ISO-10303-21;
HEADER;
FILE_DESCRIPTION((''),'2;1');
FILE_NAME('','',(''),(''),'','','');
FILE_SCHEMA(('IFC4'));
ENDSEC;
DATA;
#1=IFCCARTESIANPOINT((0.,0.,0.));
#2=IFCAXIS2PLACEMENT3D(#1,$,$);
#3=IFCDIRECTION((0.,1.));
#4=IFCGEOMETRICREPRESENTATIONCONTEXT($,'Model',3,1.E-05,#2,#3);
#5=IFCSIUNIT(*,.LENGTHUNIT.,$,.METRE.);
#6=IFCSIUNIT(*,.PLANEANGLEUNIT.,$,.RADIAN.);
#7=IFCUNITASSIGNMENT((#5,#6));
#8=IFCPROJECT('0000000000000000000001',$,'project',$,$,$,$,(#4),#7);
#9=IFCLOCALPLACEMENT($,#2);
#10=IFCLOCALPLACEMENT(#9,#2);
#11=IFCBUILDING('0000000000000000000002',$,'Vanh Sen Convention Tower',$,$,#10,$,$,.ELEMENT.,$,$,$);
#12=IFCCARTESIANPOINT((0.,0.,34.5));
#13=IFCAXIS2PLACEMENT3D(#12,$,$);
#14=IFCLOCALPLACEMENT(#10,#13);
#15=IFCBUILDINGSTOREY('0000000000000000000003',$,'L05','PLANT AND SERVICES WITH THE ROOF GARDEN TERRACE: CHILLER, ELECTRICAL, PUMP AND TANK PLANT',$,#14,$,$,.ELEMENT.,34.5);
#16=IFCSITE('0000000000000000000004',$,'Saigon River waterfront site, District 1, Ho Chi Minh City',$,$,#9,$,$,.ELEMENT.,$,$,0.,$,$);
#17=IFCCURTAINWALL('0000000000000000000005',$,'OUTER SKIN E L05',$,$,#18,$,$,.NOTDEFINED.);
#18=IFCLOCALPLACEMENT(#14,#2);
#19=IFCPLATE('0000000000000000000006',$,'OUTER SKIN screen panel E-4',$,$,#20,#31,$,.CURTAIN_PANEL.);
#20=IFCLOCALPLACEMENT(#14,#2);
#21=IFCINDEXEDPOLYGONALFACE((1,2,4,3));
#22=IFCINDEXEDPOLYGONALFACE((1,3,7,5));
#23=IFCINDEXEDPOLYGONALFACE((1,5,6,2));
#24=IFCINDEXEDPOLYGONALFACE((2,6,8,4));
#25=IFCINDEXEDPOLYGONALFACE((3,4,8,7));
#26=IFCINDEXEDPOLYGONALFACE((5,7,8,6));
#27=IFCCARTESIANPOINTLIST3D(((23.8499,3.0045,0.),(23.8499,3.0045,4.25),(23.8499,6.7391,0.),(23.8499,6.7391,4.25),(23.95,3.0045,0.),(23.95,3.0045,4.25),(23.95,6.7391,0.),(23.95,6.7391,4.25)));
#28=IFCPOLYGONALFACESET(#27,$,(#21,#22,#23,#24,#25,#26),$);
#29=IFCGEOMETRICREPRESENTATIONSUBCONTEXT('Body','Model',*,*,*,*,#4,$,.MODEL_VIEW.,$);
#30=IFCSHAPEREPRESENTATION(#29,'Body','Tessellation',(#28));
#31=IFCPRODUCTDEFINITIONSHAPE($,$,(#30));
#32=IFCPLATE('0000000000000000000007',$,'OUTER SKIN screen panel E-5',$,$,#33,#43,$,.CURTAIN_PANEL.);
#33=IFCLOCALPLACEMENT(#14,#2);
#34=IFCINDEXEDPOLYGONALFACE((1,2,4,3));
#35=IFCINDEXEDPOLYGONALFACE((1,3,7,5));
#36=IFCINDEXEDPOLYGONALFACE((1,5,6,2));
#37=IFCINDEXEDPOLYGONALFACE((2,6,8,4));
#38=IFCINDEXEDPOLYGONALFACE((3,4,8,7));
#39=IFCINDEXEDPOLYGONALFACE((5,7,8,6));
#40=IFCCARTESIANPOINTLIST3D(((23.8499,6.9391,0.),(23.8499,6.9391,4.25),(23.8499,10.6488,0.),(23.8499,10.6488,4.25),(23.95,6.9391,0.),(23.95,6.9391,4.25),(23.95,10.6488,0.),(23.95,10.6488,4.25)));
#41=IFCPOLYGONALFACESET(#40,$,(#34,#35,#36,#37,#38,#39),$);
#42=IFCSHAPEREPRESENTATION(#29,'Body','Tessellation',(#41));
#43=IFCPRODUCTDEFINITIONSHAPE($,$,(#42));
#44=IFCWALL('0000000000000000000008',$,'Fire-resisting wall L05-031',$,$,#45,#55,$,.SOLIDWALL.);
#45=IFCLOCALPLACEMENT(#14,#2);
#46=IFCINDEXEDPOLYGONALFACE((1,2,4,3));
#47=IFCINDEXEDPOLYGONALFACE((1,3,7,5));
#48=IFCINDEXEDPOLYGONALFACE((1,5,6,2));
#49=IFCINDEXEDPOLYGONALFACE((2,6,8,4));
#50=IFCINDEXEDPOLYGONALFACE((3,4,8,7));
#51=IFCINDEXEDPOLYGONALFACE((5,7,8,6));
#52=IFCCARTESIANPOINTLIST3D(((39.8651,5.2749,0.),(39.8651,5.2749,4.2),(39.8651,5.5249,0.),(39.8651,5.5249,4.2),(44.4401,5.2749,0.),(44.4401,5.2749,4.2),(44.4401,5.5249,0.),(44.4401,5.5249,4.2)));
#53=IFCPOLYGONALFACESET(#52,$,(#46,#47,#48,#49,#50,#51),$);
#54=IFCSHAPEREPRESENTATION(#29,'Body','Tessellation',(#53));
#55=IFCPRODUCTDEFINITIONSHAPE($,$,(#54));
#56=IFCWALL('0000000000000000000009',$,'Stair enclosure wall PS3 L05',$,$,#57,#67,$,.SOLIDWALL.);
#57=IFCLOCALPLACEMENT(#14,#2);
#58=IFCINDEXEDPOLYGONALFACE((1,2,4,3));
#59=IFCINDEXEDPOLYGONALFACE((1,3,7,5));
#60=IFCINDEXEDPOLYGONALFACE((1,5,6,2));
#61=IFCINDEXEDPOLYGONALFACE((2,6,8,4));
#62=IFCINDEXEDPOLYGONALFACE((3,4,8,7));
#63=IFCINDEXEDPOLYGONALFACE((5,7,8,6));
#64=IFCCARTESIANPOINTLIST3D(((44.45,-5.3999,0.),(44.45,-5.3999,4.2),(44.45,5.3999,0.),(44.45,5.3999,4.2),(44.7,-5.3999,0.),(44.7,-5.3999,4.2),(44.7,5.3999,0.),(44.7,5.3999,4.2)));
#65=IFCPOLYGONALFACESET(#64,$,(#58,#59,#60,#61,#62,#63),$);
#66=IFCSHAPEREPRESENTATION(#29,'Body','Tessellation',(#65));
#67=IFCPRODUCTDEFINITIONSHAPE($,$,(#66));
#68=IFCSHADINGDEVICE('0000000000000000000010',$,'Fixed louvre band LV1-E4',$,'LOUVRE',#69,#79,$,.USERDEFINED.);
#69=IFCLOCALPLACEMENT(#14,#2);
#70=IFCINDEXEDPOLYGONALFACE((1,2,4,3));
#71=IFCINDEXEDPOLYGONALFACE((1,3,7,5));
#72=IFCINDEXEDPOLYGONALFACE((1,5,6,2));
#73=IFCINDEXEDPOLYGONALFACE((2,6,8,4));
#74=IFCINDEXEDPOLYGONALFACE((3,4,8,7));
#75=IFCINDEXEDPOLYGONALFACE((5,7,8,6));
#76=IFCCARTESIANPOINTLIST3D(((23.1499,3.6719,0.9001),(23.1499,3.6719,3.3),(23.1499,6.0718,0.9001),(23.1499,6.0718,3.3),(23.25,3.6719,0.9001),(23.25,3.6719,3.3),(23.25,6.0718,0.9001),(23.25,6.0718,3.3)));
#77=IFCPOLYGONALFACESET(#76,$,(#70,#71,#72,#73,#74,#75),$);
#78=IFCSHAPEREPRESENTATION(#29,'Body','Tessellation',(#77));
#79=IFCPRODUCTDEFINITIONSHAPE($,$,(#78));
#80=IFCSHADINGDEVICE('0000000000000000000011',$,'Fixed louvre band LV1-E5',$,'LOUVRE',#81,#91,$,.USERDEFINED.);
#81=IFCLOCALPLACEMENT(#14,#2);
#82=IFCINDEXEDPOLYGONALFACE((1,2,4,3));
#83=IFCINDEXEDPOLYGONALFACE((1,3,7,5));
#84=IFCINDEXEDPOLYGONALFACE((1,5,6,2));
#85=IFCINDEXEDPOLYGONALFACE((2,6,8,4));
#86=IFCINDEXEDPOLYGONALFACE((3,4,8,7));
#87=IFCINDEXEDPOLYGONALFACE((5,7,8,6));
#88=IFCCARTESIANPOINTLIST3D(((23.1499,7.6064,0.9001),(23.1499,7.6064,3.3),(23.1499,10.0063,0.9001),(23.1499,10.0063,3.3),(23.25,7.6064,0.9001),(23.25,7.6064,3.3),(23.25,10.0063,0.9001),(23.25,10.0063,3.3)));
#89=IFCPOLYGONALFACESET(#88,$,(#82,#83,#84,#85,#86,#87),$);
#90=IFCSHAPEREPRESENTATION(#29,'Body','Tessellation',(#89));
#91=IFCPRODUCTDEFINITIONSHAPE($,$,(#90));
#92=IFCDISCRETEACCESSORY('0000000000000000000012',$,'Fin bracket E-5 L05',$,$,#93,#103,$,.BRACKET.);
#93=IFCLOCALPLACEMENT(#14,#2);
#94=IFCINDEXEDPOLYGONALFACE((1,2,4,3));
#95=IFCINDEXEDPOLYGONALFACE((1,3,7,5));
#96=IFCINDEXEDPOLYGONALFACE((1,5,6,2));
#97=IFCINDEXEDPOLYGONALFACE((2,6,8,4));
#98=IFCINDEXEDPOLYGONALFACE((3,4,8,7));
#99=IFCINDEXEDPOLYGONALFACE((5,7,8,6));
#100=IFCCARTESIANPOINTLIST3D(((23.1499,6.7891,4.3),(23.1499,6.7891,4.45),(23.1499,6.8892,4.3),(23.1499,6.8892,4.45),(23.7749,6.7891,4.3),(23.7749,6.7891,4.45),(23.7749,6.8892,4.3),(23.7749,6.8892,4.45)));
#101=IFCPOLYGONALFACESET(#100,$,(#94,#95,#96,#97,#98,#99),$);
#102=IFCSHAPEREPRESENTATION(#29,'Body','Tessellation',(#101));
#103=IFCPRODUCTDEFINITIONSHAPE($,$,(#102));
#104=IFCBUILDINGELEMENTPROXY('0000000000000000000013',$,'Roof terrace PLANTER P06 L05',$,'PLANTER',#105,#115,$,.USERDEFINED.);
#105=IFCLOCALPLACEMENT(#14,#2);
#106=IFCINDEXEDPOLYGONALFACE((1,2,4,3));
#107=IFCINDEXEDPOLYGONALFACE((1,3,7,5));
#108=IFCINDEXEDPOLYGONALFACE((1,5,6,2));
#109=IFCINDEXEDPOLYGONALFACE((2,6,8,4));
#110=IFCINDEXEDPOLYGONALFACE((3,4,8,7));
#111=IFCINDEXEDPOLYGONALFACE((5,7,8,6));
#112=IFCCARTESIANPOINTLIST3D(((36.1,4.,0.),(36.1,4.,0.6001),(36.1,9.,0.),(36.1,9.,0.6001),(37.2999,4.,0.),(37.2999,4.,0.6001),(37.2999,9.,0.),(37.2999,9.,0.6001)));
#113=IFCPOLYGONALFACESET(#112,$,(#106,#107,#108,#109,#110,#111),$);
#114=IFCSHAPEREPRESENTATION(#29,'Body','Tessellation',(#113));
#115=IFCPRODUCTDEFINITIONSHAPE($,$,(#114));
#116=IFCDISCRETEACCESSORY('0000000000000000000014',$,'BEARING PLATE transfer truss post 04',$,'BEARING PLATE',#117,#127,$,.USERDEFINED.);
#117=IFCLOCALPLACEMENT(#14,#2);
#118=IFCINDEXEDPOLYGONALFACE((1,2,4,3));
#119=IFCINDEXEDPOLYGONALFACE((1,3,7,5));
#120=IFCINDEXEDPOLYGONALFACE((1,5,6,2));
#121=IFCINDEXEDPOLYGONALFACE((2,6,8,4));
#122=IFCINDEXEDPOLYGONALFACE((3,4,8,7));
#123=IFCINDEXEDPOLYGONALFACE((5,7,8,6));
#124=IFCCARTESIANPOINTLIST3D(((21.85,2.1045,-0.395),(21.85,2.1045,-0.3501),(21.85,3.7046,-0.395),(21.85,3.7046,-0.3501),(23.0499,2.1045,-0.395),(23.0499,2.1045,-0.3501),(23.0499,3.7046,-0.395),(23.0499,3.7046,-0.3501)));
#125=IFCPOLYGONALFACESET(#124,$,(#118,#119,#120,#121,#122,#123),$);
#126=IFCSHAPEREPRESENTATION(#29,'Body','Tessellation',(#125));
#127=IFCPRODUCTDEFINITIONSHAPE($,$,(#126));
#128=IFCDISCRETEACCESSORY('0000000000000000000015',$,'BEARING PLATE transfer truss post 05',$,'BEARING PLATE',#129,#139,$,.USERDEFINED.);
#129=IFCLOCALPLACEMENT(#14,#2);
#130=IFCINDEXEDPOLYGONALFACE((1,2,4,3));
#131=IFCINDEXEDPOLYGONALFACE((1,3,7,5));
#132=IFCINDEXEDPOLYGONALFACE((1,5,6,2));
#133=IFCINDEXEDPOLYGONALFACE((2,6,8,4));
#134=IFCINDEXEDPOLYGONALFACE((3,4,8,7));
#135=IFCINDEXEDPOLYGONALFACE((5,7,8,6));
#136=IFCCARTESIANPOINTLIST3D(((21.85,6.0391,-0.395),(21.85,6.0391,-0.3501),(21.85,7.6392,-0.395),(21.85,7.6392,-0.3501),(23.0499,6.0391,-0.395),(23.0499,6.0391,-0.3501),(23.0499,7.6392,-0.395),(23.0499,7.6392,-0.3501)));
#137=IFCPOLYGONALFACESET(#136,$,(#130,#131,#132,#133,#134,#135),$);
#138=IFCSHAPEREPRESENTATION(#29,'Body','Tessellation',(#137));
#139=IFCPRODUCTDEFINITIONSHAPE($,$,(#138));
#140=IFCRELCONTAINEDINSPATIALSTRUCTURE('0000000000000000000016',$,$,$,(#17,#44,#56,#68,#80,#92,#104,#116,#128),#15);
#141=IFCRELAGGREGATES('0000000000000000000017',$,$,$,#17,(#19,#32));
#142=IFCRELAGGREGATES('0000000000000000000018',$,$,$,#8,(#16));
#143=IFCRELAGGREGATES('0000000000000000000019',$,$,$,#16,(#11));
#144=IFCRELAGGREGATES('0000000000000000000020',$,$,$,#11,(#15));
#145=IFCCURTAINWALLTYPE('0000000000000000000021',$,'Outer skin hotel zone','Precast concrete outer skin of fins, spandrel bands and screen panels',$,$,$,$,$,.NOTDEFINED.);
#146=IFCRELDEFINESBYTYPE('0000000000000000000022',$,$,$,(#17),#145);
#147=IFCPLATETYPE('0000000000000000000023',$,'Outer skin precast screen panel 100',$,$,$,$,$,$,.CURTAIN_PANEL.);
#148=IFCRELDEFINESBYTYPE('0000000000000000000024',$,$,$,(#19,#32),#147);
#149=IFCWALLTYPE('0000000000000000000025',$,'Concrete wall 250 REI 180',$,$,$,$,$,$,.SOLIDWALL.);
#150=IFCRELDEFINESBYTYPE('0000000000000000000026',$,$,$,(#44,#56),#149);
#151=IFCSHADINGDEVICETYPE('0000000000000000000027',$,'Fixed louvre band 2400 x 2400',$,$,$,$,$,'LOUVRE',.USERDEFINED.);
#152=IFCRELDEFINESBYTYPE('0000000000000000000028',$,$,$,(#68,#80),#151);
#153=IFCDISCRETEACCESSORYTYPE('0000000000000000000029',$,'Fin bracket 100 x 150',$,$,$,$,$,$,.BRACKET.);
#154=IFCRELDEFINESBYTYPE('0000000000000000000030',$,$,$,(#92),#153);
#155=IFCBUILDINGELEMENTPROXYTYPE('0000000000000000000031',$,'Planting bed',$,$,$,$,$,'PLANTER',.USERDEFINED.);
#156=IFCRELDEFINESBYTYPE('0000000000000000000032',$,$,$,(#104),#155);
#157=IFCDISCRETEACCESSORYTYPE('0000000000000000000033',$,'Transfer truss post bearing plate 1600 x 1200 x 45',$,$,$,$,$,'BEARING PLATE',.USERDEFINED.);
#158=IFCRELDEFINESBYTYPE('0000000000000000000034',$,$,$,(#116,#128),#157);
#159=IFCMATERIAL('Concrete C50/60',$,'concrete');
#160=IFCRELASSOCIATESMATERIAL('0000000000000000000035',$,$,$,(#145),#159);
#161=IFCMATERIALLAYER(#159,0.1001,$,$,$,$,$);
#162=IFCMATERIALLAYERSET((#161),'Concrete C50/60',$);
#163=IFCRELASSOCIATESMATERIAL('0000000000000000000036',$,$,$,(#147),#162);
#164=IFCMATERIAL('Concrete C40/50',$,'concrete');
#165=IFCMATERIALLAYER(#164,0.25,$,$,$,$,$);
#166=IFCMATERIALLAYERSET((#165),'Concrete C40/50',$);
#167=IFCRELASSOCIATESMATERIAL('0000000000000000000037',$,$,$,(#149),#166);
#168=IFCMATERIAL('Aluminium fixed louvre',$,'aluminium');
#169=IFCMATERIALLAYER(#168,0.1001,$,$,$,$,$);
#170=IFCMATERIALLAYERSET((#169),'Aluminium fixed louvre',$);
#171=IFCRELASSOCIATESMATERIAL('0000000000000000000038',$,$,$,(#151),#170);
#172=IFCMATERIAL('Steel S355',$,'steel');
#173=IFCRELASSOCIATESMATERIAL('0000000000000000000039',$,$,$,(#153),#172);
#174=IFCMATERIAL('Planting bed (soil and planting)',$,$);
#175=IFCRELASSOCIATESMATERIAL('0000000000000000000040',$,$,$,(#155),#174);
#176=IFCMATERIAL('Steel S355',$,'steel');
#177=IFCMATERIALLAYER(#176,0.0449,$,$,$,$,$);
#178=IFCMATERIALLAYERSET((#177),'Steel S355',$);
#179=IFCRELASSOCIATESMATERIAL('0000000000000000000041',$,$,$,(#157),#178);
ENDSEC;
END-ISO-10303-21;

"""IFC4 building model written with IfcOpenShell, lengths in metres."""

from ifc_helpers import new_model, si_unit, direction, frame, frame_2d, origin, origin_2d, place, context, subcontext, project, spatial, rectangle, extrude, material, layer, layer_set, type_object, element, aggregate, save


model = new_model("IFC4")

# Units and contexts
model_context = context("Model", 3, precision=1e-05, world=origin(), true_north=direction((0.0, 1.0)))
body_context = subcontext(model_context, "Body", "Model", "MODEL_VIEW")
ifc_project = project(units=[si_unit("LENGTHUNIT", "METRE"), si_unit("PLANEANGLEUNIT", "RADIAN")], contexts=[model_context])

# Site, building, storey
site_placement = place(None, origin())
site = spatial("IfcSite", under=ifc_project, at=site_placement, Name="Saigon River waterfront site, District 1, Ho Chi Minh City", CompositionType="ELEMENT", RefElevation=0.0)
building_placement = place(site_placement, origin())
building = spatial("IfcBuilding", under=site, at=building_placement, Name="Vanh Sen Convention Tower", CompositionType="ELEMENT")
storey_placement = place(building_placement, frame((0.0, 0.0, 34.5)))
storey = spatial("IfcBuildingStorey", under=building, at=storey_placement, Name="L05", Description="PLANT AND SERVICES WITH THE ROOF GARDEN TERRACE: CHILLER, ELECTRICAL, PUMP AND TANK PLANT", CompositionType="ELEMENT", Elevation=34.5)

# Curtain wall
ifc_material_1 = material(Name="Concrete C50/60", Category="concrete")
curtain_wall_type = type_object("IfcCurtainWallType", Name="Outer skin hotel zone", Description="Precast concrete outer skin of fins, spandrel bands and screen panels", PredefinedType="NOTDEFINED", material=ifc_material_1)
curtain_wall_placement = place(storey_placement, origin())
curtain_wall = element("IfcCurtainWall", 1, at=curtain_wall_placement, inside=storey, type_object=curtain_wall_type, Name="OUTER SKIN E L05", PredefinedType="NOTDEFINED")

# Shared definitions
ifc_material_2 = material(Name="Steel S355", Category="steel")

# Plates
ifc_layer_1 = layer(ifc_material_1, 0.1001)
ifc_layer_set_1 = layer_set([ifc_layer_1], Name="Concrete C50/60")
plate_type = type_object("IfcPlateType", Name="Outer skin precast screen panel 100", PredefinedType="CURTAIN_PANEL", material=ifc_layer_set_1)
plate_1_placement = place(storey_placement, frame((23.8999, 4.8718, 0.0), z_axis=(0.0, 0.0, 1.0), x_axis=(0.0, 1.0, 0.0)))
plate_1 = element("IfcPlate", 2, at=plate_1_placement, type_object=plate_type, Name="OUTER SKIN screen panel E-4", PredefinedType="CURTAIN_PANEL", context=body_context, shape_type="SweptSolid", body=[
    extrude(rectangle(XDim=3.7346, YDim=0.1001, at=origin_2d()), origin(), (0.0, 0.0, 1.0), 4.25),
])
plate_2_placement = place(storey_placement, frame((23.8999, 8.7939, 0.0), z_axis=(0.0, 0.0, 1.0), x_axis=(0.0, 1.0, 0.0)))
plate_2 = element("IfcPlate", 3, at=plate_2_placement, type_object=plate_type, Name="OUTER SKIN screen panel E-5", PredefinedType="CURTAIN_PANEL", context=body_context, shape_type="SweptSolid", body=[
    extrude(rectangle(XDim=3.7097, YDim=0.1001, at=origin_2d()), origin(), (0.0, 0.0, 1.0), 4.25),
])
aggregate(curtain_wall, [plate_1, plate_2])

# Walls
ifc_material_3 = material(Name="Concrete C40/50", Category="concrete")
ifc_layer_2 = layer(ifc_material_3, 0.25)
ifc_layer_set_2 = layer_set([ifc_layer_2], Name="Concrete C40/50")
wall_type = type_object("IfcWallType", Name="Concrete wall 250 REI 180", PredefinedType="SOLIDWALL", material=ifc_layer_set_2)
wall_1_placement = place(storey_placement, frame((39.865, 5.3999, 0.0), z_axis=(0.0, 0.0, 1.0), x_axis=(1.0, 0.0, 0.0)))
element("IfcWall", 4, at=wall_1_placement, inside=storey, type_object=wall_type, Name="Fire-resisting wall L05-031", PredefinedType="SOLIDWALL", context=body_context, shape_type="SweptSolid", body=[
    extrude(rectangle(XDim=4.575, YDim=0.25, at=frame_2d((2.2876, 0.0))), origin(), (0.0, 0.0, 1.0), 4.2),
])
wall_2_placement = place(storey_placement, frame((44.575, 5.3999, 0.0), z_axis=(0.0, 0.0, 1.0), x_axis=(0.0, -1.0, 0.0)))
element("IfcWall", 5, at=wall_2_placement, inside=storey, type_object=wall_type, Name="Stair enclosure wall PS3 L05", PredefinedType="SOLIDWALL", context=body_context, shape_type="SweptSolid", body=[
    extrude(rectangle(XDim=10.7998, YDim=0.25, at=frame_2d((5.3999, 0.0))), origin(), (0.0, 0.0, 1.0), 4.2),
])

# Shading devices
ifc_material_4 = material(Name="Aluminium fixed louvre", Category="aluminium")
ifc_layer_3 = layer(ifc_material_4, 0.1001)
ifc_layer_set_3 = layer_set([ifc_layer_3], Name="Aluminium fixed louvre")
shading_device_type = type_object("IfcShadingDeviceType", Name="Fixed louvre band 2400 x 2400", ElementType="LOUVRE", PredefinedType="USERDEFINED", material=ifc_layer_set_3)
for number, where, z_axis, x_axis, name in (
    (6, (23.2, 4.8718, 0.9001), (0.0, 0.0, 1.0), (0.0, 1.0, 0.0), "Fixed louvre band LV1-E4"),
    (7, (23.2, 8.8064, 0.9001), (0.0, 0.0, 1.0), (0.0, 1.0, 0.0), "Fixed louvre band LV1-E5"),
):
    element("IfcShadingDevice", number, at=place(storey_placement, frame(where, z_axis=z_axis, x_axis=x_axis)), inside=storey, type_object=shading_device_type, Name=name, ObjectType="LOUVRE", PredefinedType="USERDEFINED", context=body_context, shape_type="SweptSolid", body=[
        extrude(rectangle(XDim=2.3999, YDim=0.1001, at=origin_2d()), origin(), (0.0, 0.0, 1.0), 2.3999),
    ])

# Discrete accessory
ifc_material_5 = material(Name="Steel S355", Category="steel")
discrete_accessory_type_1 = type_object("IfcDiscreteAccessoryType", Name="Fin bracket 100 x 150", PredefinedType="BRACKET", material=ifc_material_5)
discrete_accessory_placement = place(storey_placement, frame((23.4624, 6.8391, 4.3), z_axis=(0.0, 0.0, 1.0), x_axis=(1.0, 0.0, 0.0)))
element("IfcDiscreteAccessory", 8, at=discrete_accessory_placement, inside=storey, type_object=discrete_accessory_type_1, Name="Fin bracket E-5 L05", PredefinedType="BRACKET", context=body_context, shape_type="SweptSolid", body=[
    extrude(rectangle(XDim=0.625, YDim=0.1001, at=origin_2d()), origin(), (0.0, 0.0, 1.0), 0.1499),
])

# Building element proxy
ifc_material_6 = material(Name="Planting bed (soil and planting)")
building_element_proxy_type = type_object("IfcBuildingElementProxyType", Name="Planting bed", ElementType="PLANTER", PredefinedType="USERDEFINED", material=ifc_material_6)
proxy_placement = place(storey_placement, frame((36.7, 6.5, 0.0), z_axis=(0.0, 0.0, 1.0), x_axis=(1.0, 0.0, 0.0)))
element("IfcBuildingElementProxy", 9, at=proxy_placement, inside=storey, type_object=building_element_proxy_type, Name="Roof terrace PLANTER P06 L05", ObjectType="PLANTER", PredefinedType="USERDEFINED", context=body_context, shape_type="SweptSolid", body=[
    extrude(rectangle(XDim=1.2, YDim=5.0, at=origin_2d()), origin(), (0.0, 0.0, 1.0), 0.6001),
])

# Discrete accessories
ifc_layer_4 = layer(ifc_material_2, 0.0449)
ifc_layer_set_4 = layer_set([ifc_layer_4], Name="Steel S355")
discrete_accessory_type_2 = type_object("IfcDiscreteAccessoryType", Name="Transfer truss post bearing plate 1600 x 1200 x 45", ElementType="BEARING PLATE", PredefinedType="USERDEFINED", material=ifc_layer_set_4)
for number, where, z_axis, x_axis, name in (
    (10, (22.45, 2.9045, -0.395), (0.0, 0.0, 1.0), (0.0, 1.0, 0.0), "BEARING PLATE transfer truss post 04"),
    (11, (22.45, 6.8391, -0.395), (0.0, 0.0, 1.0), (0.0, 1.0, 0.0), "BEARING PLATE transfer truss post 05"),
):
    element("IfcDiscreteAccessory", number, at=place(storey_placement, frame(where, z_axis=z_axis, x_axis=x_axis)), inside=storey, type_object=discrete_accessory_type_2, Name=name, ObjectType="BEARING PLATE", PredefinedType="USERDEFINED", context=body_context, shape_type="SweptSolid", body=[
        extrude(rectangle(XDim=1.6001, YDim=1.2, at=origin_2d()), origin(), (0.0, 0.0, 1.0), 0.0449),
    ])

save(model, "model.ifc")
